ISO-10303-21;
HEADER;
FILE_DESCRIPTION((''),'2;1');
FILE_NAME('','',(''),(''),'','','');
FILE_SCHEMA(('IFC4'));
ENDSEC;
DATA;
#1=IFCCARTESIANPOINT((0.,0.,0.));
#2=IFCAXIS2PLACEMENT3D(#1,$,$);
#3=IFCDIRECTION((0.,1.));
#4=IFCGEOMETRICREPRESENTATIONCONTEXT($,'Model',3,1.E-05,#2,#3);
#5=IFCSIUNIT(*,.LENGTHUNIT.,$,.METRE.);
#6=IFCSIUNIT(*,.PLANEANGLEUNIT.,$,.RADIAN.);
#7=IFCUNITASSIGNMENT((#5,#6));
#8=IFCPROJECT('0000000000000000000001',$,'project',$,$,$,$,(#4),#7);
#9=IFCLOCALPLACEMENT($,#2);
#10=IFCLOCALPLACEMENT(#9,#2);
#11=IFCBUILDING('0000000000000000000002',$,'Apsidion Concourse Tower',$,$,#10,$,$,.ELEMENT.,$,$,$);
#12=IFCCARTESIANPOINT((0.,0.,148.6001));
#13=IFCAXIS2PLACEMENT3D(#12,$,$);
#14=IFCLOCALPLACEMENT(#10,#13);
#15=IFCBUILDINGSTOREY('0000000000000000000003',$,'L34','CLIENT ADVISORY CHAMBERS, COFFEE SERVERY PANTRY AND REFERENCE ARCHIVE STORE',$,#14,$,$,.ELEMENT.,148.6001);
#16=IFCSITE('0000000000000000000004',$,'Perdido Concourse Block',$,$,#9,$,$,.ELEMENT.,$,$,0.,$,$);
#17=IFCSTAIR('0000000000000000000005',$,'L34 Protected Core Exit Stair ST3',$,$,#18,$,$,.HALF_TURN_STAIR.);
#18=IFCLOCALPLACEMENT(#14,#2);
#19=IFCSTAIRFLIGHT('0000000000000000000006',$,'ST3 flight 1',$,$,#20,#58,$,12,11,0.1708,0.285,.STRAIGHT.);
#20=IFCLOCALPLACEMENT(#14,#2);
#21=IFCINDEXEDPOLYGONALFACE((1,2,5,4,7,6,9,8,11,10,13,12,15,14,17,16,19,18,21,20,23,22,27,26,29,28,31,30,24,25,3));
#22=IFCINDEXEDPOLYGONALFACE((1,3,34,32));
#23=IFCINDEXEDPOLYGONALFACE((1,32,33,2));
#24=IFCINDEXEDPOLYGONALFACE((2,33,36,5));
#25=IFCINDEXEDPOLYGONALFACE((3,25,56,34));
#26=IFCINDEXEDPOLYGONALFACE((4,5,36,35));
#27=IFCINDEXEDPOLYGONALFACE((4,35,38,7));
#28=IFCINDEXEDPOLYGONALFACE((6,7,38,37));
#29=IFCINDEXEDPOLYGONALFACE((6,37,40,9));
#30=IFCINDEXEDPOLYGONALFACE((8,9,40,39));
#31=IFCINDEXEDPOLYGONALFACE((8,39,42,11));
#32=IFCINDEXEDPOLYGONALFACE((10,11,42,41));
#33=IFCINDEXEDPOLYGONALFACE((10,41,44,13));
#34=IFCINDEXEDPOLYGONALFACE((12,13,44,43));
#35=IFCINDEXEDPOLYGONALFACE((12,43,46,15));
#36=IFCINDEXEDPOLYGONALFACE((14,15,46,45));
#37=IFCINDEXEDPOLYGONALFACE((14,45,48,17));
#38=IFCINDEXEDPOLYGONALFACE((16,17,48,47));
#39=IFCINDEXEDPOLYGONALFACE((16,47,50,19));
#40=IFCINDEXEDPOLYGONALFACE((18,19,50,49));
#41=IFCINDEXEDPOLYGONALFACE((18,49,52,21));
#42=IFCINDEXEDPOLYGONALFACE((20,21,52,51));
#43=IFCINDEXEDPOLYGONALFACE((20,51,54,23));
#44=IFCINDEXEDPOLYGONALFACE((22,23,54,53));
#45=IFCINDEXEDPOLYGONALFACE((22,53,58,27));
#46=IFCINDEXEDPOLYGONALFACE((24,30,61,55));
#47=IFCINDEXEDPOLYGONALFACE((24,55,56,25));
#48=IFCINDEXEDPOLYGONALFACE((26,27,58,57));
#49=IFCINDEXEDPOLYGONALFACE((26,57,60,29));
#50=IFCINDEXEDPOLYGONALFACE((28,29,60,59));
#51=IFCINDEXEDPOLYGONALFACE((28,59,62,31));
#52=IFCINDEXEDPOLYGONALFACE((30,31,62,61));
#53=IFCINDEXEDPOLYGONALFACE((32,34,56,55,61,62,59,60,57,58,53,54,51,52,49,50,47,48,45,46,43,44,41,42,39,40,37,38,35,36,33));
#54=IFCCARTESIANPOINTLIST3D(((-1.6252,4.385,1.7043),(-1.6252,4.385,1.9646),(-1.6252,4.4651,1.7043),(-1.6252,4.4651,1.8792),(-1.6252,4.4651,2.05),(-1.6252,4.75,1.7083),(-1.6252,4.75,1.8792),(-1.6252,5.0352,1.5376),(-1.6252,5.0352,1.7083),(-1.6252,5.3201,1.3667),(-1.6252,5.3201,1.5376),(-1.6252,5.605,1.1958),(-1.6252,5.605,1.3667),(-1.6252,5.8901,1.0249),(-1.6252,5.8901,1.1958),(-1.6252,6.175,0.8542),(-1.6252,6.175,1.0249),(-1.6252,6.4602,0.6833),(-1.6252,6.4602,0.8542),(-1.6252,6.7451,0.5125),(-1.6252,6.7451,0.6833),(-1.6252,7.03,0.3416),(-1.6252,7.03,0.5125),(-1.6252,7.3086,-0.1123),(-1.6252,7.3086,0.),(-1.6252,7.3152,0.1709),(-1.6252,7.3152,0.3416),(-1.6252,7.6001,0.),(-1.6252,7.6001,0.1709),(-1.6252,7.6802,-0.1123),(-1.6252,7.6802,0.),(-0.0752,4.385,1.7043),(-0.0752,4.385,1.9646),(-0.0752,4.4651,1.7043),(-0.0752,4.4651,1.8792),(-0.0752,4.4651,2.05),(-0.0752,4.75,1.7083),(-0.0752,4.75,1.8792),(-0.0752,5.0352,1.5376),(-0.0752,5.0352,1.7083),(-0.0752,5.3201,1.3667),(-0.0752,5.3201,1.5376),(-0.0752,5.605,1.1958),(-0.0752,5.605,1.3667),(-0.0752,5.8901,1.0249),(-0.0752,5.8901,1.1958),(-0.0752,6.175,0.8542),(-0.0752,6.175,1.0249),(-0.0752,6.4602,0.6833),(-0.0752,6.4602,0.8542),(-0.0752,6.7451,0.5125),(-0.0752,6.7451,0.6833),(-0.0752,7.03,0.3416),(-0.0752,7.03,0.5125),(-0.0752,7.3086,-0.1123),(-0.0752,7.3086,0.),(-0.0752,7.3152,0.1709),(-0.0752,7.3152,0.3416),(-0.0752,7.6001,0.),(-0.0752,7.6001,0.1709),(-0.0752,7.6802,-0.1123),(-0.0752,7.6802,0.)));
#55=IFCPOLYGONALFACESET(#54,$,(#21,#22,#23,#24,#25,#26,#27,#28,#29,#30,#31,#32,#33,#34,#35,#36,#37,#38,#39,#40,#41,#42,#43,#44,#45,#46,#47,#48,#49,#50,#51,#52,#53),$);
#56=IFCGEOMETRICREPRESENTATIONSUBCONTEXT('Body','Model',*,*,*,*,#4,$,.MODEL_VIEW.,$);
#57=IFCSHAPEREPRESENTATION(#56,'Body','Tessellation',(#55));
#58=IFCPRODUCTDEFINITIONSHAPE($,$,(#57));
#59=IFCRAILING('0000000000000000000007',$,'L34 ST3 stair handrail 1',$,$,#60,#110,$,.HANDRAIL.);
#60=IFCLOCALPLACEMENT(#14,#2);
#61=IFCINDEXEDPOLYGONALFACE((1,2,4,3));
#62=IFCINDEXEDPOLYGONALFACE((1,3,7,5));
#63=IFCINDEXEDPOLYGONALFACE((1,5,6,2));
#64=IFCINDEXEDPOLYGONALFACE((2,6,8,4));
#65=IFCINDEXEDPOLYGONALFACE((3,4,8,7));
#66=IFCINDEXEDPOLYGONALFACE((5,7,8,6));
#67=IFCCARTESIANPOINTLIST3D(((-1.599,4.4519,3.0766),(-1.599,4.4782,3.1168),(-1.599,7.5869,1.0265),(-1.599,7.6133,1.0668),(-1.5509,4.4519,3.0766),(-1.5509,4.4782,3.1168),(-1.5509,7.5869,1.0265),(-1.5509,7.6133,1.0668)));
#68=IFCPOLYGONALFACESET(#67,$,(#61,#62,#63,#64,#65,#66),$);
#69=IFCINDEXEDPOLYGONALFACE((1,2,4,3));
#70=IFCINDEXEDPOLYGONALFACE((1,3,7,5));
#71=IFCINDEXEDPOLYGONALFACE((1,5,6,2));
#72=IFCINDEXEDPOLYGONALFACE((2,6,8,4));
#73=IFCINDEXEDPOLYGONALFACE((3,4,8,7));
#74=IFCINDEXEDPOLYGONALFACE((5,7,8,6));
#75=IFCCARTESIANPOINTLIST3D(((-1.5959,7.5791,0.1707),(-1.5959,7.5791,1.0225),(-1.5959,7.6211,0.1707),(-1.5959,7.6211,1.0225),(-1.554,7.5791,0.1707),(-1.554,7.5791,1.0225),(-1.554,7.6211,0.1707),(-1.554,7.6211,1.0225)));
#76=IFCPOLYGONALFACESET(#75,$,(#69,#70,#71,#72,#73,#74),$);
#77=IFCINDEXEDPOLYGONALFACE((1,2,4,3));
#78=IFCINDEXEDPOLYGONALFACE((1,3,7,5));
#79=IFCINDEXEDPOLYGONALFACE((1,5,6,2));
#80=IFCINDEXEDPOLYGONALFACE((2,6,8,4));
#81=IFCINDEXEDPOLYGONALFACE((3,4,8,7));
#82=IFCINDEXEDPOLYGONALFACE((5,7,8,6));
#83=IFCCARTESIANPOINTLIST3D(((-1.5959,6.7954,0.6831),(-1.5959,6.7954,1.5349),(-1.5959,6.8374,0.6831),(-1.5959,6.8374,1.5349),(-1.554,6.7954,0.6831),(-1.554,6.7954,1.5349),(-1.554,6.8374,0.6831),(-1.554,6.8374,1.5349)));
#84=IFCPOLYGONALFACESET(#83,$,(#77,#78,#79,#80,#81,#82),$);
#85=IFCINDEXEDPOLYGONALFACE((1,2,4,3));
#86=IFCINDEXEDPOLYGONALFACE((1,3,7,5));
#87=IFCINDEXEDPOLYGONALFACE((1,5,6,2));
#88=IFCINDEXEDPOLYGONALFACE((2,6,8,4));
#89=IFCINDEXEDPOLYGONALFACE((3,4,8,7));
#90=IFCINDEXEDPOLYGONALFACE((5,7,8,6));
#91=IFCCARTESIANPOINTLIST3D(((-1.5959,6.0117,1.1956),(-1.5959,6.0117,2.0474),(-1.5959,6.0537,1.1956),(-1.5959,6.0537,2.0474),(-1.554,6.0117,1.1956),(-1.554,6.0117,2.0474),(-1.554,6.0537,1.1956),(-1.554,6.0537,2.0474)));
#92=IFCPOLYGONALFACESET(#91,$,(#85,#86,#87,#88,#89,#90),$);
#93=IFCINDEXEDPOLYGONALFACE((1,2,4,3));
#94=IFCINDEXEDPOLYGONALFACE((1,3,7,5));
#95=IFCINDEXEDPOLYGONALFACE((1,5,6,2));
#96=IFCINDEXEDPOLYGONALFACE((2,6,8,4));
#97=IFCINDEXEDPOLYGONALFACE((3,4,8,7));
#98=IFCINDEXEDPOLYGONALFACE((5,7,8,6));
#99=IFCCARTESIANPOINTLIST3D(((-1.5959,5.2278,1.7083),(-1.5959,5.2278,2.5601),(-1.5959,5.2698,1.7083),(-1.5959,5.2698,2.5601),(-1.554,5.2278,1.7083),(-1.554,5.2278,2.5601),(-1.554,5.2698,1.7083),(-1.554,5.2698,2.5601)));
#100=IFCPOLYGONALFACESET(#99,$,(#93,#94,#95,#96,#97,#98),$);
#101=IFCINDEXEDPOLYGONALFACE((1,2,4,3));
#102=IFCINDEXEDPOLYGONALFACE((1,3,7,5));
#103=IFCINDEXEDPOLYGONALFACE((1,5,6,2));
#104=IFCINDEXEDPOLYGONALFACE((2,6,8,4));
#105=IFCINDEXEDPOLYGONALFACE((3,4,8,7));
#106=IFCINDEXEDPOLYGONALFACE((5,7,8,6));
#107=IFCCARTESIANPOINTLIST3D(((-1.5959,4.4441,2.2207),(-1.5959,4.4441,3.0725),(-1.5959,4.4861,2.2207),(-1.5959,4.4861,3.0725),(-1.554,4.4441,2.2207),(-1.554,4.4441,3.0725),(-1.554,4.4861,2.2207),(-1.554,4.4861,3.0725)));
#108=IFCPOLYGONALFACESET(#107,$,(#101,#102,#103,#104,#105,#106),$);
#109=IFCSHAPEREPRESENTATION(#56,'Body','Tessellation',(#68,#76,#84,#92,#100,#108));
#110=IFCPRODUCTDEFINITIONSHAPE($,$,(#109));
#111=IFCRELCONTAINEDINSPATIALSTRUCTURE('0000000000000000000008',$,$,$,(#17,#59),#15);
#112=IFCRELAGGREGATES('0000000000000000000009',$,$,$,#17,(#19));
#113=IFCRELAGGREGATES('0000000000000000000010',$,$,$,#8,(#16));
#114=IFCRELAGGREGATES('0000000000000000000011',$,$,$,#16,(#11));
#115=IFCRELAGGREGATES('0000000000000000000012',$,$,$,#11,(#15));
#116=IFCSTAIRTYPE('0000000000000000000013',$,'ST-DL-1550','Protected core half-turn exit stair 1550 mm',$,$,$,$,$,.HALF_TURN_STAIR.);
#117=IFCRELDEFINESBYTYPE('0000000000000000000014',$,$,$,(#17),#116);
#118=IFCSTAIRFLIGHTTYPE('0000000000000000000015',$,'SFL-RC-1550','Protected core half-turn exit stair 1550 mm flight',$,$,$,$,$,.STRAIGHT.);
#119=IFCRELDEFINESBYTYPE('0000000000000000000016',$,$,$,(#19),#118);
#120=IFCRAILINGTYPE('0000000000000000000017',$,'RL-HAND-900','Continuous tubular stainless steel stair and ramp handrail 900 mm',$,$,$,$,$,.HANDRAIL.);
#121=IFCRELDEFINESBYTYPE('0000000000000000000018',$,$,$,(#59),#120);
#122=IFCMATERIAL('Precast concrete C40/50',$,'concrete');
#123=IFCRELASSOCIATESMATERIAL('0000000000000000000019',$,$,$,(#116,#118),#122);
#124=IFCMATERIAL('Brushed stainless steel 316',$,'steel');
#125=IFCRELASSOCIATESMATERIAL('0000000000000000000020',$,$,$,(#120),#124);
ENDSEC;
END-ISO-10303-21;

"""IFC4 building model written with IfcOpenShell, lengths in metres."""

from ifc_helpers import new_model, si_unit, direction, frame, origin, origin_2d, place, context, subcontext, project, spatial, polyline, rectangle, outline, extrude, material, type_object, element, aggregate, save


model = new_model("IFC4")

# Units and contexts
model_context = context("Model", 3, precision=1e-05, world=origin(), true_north=direction((0.0, 1.0)))
body_context = subcontext(model_context, "Body", "Model", "MODEL_VIEW")
ifc_project = project(units=[si_unit("LENGTHUNIT", "METRE"), si_unit("PLANEANGLEUNIT", "RADIAN")], contexts=[model_context])

# Site, building, storey
site_placement = place(None, origin())
site = spatial("IfcSite", under=ifc_project, at=site_placement, Name="Perdido Concourse Block", CompositionType="ELEMENT", RefElevation=0.0)
building_placement = place(site_placement, origin())
building = spatial("IfcBuilding", under=site, at=building_placement, Name="Apsidion Concourse Tower", CompositionType="ELEMENT")
storey_placement = place(building_placement, frame((0.0, 0.0, 148.6001)))
storey = spatial("IfcBuildingStorey", under=building, at=storey_placement, Name="L34", Description="CLIENT ADVISORY CHAMBERS, COFFEE SERVERY PANTRY AND REFERENCE ARCHIVE STORE", CompositionType="ELEMENT", Elevation=148.6001)

# Shared definitions
ifc_material_1 = material(Name="Brushed stainless steel 316", Category="steel")

# Stair, stair flight
ifc_material_2 = material(Name="Precast concrete C40/50", Category="concrete")
stair_type = type_object("IfcStairType", Name="ST-DL-1550", Description="Protected core half-turn exit stair 1550 mm", PredefinedType="HALF_TURN_STAIR", material=ifc_material_2)
stair_placement = place(storey_placement, origin())
stair = element("IfcStair", 1, at=stair_placement, inside=storey, type_object=stair_type, Name="L34 Protected Core Exit Stair ST3", PredefinedType="HALF_TURN_STAIR")
stair_flight_type = type_object("IfcStairFlightType", Name="SFL-RC-1550", Description="Protected core half-turn exit stair 1550 mm flight", PredefinedType="STRAIGHT", material=ifc_material_2)
stair_flight_placement = place(storey_placement, frame((-0.8501, 7.6001, 0.0), z_axis=(0.0, 0.0, 1.0), x_axis=(0.0, -1.0, 0.0)))
stair_flight = element("IfcStairFlight", 2, at=stair_flight_placement, type_object=stair_flight_type, Name="ST3 flight 1", NumberOfRisers=12, NumberOfTreads=11, PredefinedType="STRAIGHT", RiserHeight=0.1708, TreadLength=0.285, context=body_context, shape_type="SweptSolid", body=[
    extrude(outline(polyline([(-0.0801, -0.1123), (-0.0801, 0.0), (0.0, 0.0), (0.0, 0.1709), (0.2849, 0.1709), (0.2849, 0.3416), (0.5701, 0.3416), (0.5701, 0.5125), (0.855, 0.5125), (0.855, 0.6833), (1.1399, 0.6833), (1.1399, 0.8542), (1.425, 0.8542), (1.425, 1.0249), (1.71, 1.0249), (1.71, 1.1958), (1.9951, 1.1958), (1.9951, 1.3667), (2.28, 1.3667), (2.28, 1.5376), (2.5649, 1.5376), (2.5649, 1.7083), (2.8501, 1.7083), (2.8501, 1.8792), (3.135, 1.8792), (3.135, 2.05), (3.2151, 1.9646), (3.2151, 1.7043), (3.135, 1.7043), (0.2915, 0.0), (0.2915, -0.1123), (-0.0801, -0.1123)])), frame((0.0, 0.7749, 0.0), z_axis=(0.0, -1.0, 0.0), x_axis=(1.0, 0.0, 0.0)), (0.0, 0.0, 1.0), 1.55),
])
aggregate(stair, [stair_flight])

# Railing
railing_type = type_object("IfcRailingType", Name="RL-HAND-900", Description="Continuous tubular stainless steel stair and ramp handrail 900 mm", PredefinedType="HANDRAIL", material=ifc_material_1)
railing_placement = place(storey_placement, frame((-1.575, 7.6001, 0.1707)))
element("IfcRailing", 3, at=railing_placement, inside=storey, type_object=railing_type, Name="L34 ST3 stair handrail 1", PredefinedType="HANDRAIL", context=body_context, shape_type="SweptSolid", body=[
    extrude(rectangle(XDim=0.0481, YDim=0.0481, at=origin_2d()), frame((0.0, 0.0, 0.876), z_axis=(0.0, -0.836941, 0.547293), x_axis=(1.0, 0.0, 0.0)), (0.0, 0.0, 1.0), 3.7458),
    extrude(rectangle(XDim=0.042, YDim=0.042, at=origin_2d()), origin(), (0.0, 0.0, 1.0), 0.8518),
    extrude(rectangle(XDim=0.042, YDim=0.042, at=origin_2d()), frame((0.0, -0.7837, 0.5125)), (0.0, 0.0, 1.0), 0.8518),
    extrude(rectangle(XDim=0.042, YDim=0.042, at=origin_2d()), frame((0.0, -1.5674, 1.0249)), (0.0, 0.0, 1.0), 0.8518),
    extrude(rectangle(XDim=0.042, YDim=0.042, at=origin_2d()), frame((0.0, -2.3513, 1.5376)), (0.0, 0.0, 1.0), 0.8518),
    extrude(rectangle(XDim=0.042, YDim=0.042, at=origin_2d()), frame((0.0, -3.135, 2.05)), (0.0, 0.0, 1.0), 0.8518),
])

save(model, "model.ifc")
